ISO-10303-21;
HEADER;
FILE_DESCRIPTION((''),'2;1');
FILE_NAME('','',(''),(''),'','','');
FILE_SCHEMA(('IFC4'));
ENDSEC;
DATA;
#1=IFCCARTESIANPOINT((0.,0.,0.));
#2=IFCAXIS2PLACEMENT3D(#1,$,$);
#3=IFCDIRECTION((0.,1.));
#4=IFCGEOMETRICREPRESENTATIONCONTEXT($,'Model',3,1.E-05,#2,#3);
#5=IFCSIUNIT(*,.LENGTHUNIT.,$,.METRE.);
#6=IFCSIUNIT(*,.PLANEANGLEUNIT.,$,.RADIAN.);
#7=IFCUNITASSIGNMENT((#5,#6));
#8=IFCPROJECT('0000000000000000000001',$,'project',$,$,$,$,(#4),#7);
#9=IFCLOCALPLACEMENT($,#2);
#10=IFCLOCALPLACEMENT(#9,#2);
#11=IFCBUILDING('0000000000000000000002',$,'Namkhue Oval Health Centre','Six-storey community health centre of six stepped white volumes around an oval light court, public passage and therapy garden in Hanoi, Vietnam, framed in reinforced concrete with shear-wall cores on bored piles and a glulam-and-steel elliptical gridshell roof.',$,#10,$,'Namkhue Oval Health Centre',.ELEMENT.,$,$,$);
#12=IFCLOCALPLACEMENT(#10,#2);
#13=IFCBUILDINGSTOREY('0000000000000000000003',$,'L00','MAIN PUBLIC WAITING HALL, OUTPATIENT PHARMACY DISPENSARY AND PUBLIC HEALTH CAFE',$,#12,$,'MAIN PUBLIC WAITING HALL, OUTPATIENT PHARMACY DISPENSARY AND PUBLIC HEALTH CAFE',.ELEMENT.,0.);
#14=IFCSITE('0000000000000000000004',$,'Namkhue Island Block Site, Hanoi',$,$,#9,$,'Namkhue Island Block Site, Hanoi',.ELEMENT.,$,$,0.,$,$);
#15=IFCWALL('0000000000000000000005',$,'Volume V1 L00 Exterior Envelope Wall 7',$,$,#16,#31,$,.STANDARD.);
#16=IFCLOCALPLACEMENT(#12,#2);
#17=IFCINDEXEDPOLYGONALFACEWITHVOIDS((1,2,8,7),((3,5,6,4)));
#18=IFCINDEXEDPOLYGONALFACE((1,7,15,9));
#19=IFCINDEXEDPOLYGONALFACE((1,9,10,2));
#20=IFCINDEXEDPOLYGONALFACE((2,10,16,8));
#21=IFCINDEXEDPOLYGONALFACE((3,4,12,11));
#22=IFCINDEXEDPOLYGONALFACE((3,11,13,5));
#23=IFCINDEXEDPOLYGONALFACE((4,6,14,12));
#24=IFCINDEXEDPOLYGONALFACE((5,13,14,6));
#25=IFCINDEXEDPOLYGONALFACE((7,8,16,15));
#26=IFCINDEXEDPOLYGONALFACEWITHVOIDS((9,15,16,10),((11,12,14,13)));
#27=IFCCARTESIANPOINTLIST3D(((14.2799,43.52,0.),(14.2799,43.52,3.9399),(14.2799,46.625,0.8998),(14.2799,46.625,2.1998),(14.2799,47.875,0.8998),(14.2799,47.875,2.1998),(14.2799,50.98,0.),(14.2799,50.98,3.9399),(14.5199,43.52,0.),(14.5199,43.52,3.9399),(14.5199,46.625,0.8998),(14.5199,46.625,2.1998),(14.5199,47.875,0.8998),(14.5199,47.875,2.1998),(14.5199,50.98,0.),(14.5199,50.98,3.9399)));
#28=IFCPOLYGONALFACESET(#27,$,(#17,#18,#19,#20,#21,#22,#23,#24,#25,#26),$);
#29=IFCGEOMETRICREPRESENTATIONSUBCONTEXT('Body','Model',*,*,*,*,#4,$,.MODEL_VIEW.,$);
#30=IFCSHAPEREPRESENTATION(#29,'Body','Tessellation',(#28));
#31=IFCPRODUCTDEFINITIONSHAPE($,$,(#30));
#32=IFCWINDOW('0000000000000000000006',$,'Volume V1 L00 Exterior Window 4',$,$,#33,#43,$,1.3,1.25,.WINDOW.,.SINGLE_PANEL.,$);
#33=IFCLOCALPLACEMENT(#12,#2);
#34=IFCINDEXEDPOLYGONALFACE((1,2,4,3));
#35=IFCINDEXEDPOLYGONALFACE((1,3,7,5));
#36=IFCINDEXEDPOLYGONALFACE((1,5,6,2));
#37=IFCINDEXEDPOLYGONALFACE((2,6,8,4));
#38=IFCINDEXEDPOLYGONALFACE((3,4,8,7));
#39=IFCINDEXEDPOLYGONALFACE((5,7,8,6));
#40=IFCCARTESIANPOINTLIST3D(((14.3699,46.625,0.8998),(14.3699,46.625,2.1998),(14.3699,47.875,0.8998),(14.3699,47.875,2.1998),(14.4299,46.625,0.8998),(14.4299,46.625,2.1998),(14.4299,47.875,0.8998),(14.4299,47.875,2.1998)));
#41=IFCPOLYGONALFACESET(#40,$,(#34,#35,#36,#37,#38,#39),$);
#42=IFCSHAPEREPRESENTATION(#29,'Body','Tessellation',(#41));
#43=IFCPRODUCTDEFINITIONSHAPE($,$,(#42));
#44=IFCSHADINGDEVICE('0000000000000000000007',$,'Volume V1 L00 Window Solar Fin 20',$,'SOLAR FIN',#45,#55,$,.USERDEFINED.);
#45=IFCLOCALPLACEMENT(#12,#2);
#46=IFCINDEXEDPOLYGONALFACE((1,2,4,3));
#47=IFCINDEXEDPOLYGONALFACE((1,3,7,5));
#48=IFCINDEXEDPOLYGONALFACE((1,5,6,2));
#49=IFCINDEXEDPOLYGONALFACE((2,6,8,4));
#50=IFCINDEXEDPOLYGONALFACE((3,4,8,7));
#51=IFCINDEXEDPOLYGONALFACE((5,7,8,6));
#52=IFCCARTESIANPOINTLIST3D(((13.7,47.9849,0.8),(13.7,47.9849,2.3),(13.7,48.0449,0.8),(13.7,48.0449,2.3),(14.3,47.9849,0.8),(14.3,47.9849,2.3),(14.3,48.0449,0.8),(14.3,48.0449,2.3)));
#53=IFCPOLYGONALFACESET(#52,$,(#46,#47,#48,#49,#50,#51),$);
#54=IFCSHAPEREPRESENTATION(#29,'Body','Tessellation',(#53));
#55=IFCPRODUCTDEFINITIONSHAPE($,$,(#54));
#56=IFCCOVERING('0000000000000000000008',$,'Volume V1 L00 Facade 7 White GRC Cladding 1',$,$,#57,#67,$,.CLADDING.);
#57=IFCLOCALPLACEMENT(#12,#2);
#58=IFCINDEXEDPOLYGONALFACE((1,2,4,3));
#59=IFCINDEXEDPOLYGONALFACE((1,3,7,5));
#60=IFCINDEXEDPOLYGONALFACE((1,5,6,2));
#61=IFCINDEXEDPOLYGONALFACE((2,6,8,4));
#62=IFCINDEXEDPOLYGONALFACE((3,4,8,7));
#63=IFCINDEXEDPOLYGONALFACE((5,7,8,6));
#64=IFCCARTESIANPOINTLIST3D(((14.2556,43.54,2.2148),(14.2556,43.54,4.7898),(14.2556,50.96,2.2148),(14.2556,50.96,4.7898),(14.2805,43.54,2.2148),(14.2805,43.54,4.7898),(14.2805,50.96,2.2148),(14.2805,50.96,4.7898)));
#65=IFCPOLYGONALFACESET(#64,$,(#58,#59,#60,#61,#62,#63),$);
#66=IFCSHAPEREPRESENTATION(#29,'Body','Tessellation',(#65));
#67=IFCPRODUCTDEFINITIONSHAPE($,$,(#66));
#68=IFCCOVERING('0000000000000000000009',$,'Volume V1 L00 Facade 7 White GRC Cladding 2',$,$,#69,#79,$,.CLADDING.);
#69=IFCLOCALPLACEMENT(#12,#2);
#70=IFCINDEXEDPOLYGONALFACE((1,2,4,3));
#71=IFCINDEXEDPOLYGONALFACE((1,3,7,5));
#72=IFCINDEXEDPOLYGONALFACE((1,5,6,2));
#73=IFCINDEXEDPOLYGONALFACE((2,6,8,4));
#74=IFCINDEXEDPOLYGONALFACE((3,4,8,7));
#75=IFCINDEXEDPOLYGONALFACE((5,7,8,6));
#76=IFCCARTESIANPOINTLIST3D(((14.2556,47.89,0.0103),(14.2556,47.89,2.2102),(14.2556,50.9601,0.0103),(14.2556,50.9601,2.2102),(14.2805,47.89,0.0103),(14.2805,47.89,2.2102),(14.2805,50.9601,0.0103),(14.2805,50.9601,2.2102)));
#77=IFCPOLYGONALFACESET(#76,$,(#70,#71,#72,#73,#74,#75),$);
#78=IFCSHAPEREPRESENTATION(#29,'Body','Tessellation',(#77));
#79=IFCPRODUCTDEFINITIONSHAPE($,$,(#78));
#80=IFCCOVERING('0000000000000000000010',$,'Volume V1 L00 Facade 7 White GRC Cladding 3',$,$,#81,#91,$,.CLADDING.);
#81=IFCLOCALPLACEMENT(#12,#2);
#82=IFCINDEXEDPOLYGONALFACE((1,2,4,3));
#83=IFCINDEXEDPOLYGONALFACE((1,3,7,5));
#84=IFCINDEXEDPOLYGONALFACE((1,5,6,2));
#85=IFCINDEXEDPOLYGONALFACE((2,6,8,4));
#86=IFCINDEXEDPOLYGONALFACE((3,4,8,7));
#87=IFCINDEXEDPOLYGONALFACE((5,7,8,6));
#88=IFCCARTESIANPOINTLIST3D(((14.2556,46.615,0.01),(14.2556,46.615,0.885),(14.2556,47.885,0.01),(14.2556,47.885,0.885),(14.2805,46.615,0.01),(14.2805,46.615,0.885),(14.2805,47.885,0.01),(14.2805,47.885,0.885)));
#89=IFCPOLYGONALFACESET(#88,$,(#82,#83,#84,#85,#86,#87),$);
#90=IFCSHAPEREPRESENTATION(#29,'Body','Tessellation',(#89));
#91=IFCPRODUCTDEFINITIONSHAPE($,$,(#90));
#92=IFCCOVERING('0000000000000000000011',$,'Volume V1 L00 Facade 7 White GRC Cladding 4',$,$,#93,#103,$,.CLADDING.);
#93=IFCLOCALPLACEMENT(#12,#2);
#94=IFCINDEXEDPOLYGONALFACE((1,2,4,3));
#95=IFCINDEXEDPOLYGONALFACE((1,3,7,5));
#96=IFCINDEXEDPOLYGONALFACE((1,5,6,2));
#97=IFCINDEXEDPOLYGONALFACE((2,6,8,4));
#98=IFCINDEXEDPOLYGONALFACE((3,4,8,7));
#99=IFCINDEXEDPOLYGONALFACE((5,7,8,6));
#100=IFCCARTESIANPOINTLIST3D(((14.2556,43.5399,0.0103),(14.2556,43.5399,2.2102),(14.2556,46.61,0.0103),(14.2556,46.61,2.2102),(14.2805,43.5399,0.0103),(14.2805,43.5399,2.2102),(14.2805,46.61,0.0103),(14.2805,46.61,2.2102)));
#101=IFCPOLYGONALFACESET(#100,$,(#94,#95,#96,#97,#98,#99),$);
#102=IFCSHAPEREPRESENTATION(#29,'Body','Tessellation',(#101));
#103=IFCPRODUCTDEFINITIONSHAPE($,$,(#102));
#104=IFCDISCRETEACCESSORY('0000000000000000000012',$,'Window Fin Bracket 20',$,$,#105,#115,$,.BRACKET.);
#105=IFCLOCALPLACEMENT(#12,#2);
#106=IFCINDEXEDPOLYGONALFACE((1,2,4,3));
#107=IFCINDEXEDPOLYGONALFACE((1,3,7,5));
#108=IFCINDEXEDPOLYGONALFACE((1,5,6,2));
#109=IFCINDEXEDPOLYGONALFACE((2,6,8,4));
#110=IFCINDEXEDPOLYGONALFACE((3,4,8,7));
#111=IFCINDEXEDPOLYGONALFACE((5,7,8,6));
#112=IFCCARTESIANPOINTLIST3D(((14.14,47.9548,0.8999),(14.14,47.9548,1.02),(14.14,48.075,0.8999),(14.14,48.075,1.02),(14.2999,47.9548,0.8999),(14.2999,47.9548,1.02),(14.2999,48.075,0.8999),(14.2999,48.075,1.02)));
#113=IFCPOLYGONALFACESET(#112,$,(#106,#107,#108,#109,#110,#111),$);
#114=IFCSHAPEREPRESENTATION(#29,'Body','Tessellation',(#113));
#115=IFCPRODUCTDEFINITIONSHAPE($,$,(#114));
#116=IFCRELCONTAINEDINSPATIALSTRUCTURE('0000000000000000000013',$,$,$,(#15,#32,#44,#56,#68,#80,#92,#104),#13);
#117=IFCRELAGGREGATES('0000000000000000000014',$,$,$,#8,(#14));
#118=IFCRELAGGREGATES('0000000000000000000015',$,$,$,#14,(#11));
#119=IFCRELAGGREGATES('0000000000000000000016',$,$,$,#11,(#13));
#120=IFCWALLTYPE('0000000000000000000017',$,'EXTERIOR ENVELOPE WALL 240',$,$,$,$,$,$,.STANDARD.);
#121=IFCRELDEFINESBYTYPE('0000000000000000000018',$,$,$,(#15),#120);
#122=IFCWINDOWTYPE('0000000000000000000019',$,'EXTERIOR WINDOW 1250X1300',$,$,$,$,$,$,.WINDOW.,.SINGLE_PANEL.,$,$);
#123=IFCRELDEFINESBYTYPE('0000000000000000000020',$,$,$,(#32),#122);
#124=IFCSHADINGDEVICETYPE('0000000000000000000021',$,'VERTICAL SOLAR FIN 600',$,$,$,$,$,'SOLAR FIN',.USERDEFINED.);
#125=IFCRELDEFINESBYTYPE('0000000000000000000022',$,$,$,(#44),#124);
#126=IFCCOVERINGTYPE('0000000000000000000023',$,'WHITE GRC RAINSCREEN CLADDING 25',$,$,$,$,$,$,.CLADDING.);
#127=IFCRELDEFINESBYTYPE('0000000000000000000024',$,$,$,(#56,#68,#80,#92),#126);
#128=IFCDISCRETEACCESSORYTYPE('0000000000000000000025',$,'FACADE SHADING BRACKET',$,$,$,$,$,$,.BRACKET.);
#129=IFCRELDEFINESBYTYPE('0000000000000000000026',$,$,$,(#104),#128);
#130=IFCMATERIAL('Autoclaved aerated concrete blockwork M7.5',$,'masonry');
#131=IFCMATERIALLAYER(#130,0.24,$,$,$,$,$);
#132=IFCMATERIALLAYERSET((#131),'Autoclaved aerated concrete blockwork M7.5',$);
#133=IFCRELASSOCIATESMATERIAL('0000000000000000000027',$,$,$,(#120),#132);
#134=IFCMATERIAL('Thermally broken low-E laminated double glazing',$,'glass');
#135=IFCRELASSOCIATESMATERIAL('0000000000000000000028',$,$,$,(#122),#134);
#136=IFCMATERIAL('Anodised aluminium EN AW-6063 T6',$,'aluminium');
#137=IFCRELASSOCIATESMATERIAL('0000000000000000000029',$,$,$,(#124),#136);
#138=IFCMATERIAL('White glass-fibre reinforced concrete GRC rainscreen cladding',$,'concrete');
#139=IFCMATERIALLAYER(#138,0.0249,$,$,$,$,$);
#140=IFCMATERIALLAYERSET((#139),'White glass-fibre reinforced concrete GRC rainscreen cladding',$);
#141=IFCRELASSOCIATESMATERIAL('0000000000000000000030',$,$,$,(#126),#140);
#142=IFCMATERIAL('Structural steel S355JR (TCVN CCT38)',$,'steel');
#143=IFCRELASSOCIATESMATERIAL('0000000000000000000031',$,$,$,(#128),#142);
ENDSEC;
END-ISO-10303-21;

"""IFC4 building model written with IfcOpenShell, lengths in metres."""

from ifc_helpers import new_model, si_unit, direction, frame, frame_2d, origin, origin_2d, place, context, subcontext, project, spatial, rectangle, extrude, material, layer, layer_set, type_object, element, fill, save


model = new_model("IFC4")

# Units and contexts
model_context = context("Model", 3, precision=1e-05, world=origin(), true_north=direction((0.0, 1.0)))
body_context = subcontext(model_context, "Body", "Model", "MODEL_VIEW")
ifc_project = project(units=[si_unit("LENGTHUNIT", "METRE"), si_unit("PLANEANGLEUNIT", "RADIAN")], contexts=[model_context])

# Site, building, storey
site_placement = place(None, origin())
site = spatial("IfcSite", under=ifc_project, at=site_placement, Name="Namkhue Island Block Site, Hanoi", LongName="Namkhue Island Block Site, Hanoi", CompositionType="ELEMENT", RefElevation=0.0)
building_placement = place(site_placement, origin())
building = spatial("IfcBuilding", under=site, at=building_placement, Name="Namkhue Oval Health Centre", Description="Six-storey community health centre of six stepped white volumes around an oval light court, public passage and therapy garden in Hanoi, Vietnam, framed in reinforced concrete with shear-wall cores on bored piles and a glulam-and-steel elliptical gridshell roof.", LongName="Namkhue Oval Health Centre", CompositionType="ELEMENT")
storey_placement = place(building_placement, origin())
storey = spatial("IfcBuildingStorey", under=building, at=storey_placement, Name="L00", Description="MAIN PUBLIC WAITING HALL, OUTPATIENT PHARMACY DISPENSARY AND PUBLIC HEALTH CAFE", LongName="MAIN PUBLIC WAITING HALL, OUTPATIENT PHARMACY DISPENSARY AND PUBLIC HEALTH CAFE", CompositionType="ELEMENT", Elevation=0.0)

# Shared definitions
ifc_material_1 = material(Name="Anodised aluminium EN AW-6063 T6", Category="aluminium")

# Shared definitions
ifc_material_2 = material(Name="Thermally broken low-E laminated double glazing", Category="glass")

# Wall, opening, window
ifc_material_3 = material(Name="Autoclaved aerated concrete blockwork M7.5", Category="masonry")
ifc_layer_1 = layer(ifc_material_3, 0.24)
ifc_layer_set_1 = layer_set([ifc_layer_1], Name="Autoclaved aerated concrete blockwork M7.5")
wall_type = type_object("IfcWallType", Name="EXTERIOR ENVELOPE WALL 240", PredefinedType="STANDARD", material=ifc_layer_set_1)
wall_placement = place(storey_placement, frame((14.3999, 50.98, 0.0), z_axis=(0.0, 0.0, 1.0), x_axis=(0.0, -1.0, 0.0)))
wall = element("IfcWall", 1, at=wall_placement, inside=storey, type_object=wall_type, Name="Volume V1 L00 Exterior Envelope Wall 7", PredefinedType="STANDARD", context=body_context, shape_type="SweptSolid", body=[
    extrude(rectangle(XDim=7.46, YDim=0.24, at=frame_2d((3.73, 0.0))), origin(), (0.0, 0.0, 1.0), 3.9399),
])
opening_placement = place(wall_placement, frame((3.105, 0.0, 0.8999)))
opening = element("IfcOpeningElement", 2, at=opening_placement, cuts=wall, PredefinedType="OPENING", context=body_context, shape_type="SweptSolid", body=[
    extrude(rectangle(XDim=1.25, YDim=1.3, at=frame_2d((0.625, 0.6499))), frame((0.0, 0.1299, 0.0), z_axis=(0.0, -1.0, 0.0), x_axis=(1.0, 0.0, 0.0)), (0.0, 0.0, 1.0), 0.26),
])
window_type = type_object("IfcWindowType", Name="EXTERIOR WINDOW 1250X1300", PartitioningType="SINGLE_PANEL", PredefinedType="WINDOW", material=ifc_material_2)
window_placement = place(opening_placement, origin())
window = element("IfcWindow", 3, at=window_placement, inside=storey, type_object=window_type, Name="Volume V1 L00 Exterior Window 4", OverallHeight=1.3, OverallWidth=1.25, PartitioningType="SINGLE_PANEL", PredefinedType="WINDOW", context=body_context, shape_type="SweptSolid", body=[
    extrude(rectangle(XDim=1.25, YDim=1.3, at=frame_2d((0.625, 0.6499))), frame((0.0, 0.03, 0.0), z_axis=(0.0, -1.0, 0.0), x_axis=(1.0, 0.0, 0.0)), (0.0, 0.0, 1.0), 0.0601),
])
fill(opening, window)

# Shading device
shading_device_type = type_object("IfcShadingDeviceType", Name="VERTICAL SOLAR FIN 600", ElementType="SOLAR FIN", PredefinedType="USERDEFINED", material=ifc_material_1)
shading_device_placement = place(storey_placement, frame((14.0, 48.0149, 0.8), z_axis=(0.0, 0.0, 1.0), x_axis=(-1.0, 0.0, 0.0)))
element("IfcShadingDevice", 4, at=shading_device_placement, inside=storey, type_object=shading_device_type, Name="Volume V1 L00 Window Solar Fin 20", ObjectType="SOLAR FIN", PredefinedType="USERDEFINED", context=body_context, shape_type="SweptSolid", body=[
    extrude(rectangle(XDim=0.6001, YDim=0.0601, at=origin_2d()), origin(), (0.0, 0.0, 1.0), 1.5),
])

# Coverings
ifc_material_4 = material(Name="White glass-fibre reinforced concrete GRC rainscreen cladding", Category="concrete")
ifc_layer_2 = layer(ifc_material_4, 0.0249)
ifc_layer_set_2 = layer_set([ifc_layer_2], Name="White glass-fibre reinforced concrete GRC rainscreen cladding")
covering_type = type_object("IfcCoveringType", Name="WHITE GRC RAINSCREEN CLADDING 25", PredefinedType="CLADDING", material=ifc_layer_set_2)
covering_1_placement = place(storey_placement, frame((14.2681, 47.25, 2.2148), z_axis=(0.0, 0.0, 1.0), x_axis=(0.0, -1.0, 0.0)))
element("IfcCovering", 5, at=covering_1_placement, inside=storey, type_object=covering_type, Name="Volume V1 L00 Facade 7 White GRC Cladding 1", PredefinedType="CLADDING", context=body_context, shape_type="SweptSolid", body=[
    extrude(rectangle(XDim=7.4199, YDim=0.0249, at=origin_2d()), origin(), (0.0, 0.0, 1.0), 2.575),
])
covering_2_placement = place(storey_placement, frame((14.2681, 49.425, 0.0103), z_axis=(0.0, 0.0, 1.0), x_axis=(0.0, -1.0, 0.0)))
element("IfcCovering", 6, at=covering_2_placement, inside=storey, type_object=covering_type, Name="Volume V1 L00 Facade 7 White GRC Cladding 2", PredefinedType="CLADDING", context=body_context, shape_type="SweptSolid", body=[
    extrude(rectangle(XDim=3.0701, YDim=0.0249, at=origin_2d()), origin(), (0.0, 0.0, 1.0), 2.2),
])
covering_3_placement = place(storey_placement, frame((14.2681, 47.25, 0.01), z_axis=(0.0, 0.0, 1.0), x_axis=(0.0, -1.0, 0.0)))
element("IfcCovering", 7, at=covering_3_placement, inside=storey, type_object=covering_type, Name="Volume V1 L00 Facade 7 White GRC Cladding 3", PredefinedType="CLADDING", context=body_context, shape_type="SweptSolid", body=[
    extrude(rectangle(XDim=1.27, YDim=0.0249, at=origin_2d()), origin(), (0.0, 0.0, 1.0), 0.875),
])
covering_4_placement = place(storey_placement, frame((14.2681, 45.075, 0.0103), z_axis=(0.0, 0.0, 1.0), x_axis=(0.0, -1.0, 0.0)))
element("IfcCovering", 8, at=covering_4_placement, inside=storey, type_object=covering_type, Name="Volume V1 L00 Facade 7 White GRC Cladding 4", PredefinedType="CLADDING", context=body_context, shape_type="SweptSolid", body=[
    extrude(rectangle(XDim=3.0701, YDim=0.0249, at=origin_2d()), origin(), (0.0, 0.0, 1.0), 2.2),
])

# Discrete accessory
ifc_material_5 = material(Name="Structural steel S355JR (TCVN CCT38)", Category="steel")
discrete_accessory_type = type_object("IfcDiscreteAccessoryType", Name="FACADE SHADING BRACKET", PredefinedType="BRACKET", material=ifc_material_5)
discrete_accessory_placement = place(storey_placement, frame((14.22, 48.0149, 0.8999), z_axis=(0.0, 0.0, 1.0), x_axis=(-1.0, 0.0, 0.0)))
element("IfcDiscreteAccessory", 9, at=discrete_accessory_placement, inside=storey, type_object=discrete_accessory_type, Name="Window Fin Bracket 20", PredefinedType="BRACKET", context=body_context, shape_type="SweptSolid", body=[
    extrude(rectangle(XDim=0.1599, YDim=0.1201, at=origin_2d()), origin(), (0.0, 0.0, 1.0), 0.1201),
])

save(model, "model.ifc")
